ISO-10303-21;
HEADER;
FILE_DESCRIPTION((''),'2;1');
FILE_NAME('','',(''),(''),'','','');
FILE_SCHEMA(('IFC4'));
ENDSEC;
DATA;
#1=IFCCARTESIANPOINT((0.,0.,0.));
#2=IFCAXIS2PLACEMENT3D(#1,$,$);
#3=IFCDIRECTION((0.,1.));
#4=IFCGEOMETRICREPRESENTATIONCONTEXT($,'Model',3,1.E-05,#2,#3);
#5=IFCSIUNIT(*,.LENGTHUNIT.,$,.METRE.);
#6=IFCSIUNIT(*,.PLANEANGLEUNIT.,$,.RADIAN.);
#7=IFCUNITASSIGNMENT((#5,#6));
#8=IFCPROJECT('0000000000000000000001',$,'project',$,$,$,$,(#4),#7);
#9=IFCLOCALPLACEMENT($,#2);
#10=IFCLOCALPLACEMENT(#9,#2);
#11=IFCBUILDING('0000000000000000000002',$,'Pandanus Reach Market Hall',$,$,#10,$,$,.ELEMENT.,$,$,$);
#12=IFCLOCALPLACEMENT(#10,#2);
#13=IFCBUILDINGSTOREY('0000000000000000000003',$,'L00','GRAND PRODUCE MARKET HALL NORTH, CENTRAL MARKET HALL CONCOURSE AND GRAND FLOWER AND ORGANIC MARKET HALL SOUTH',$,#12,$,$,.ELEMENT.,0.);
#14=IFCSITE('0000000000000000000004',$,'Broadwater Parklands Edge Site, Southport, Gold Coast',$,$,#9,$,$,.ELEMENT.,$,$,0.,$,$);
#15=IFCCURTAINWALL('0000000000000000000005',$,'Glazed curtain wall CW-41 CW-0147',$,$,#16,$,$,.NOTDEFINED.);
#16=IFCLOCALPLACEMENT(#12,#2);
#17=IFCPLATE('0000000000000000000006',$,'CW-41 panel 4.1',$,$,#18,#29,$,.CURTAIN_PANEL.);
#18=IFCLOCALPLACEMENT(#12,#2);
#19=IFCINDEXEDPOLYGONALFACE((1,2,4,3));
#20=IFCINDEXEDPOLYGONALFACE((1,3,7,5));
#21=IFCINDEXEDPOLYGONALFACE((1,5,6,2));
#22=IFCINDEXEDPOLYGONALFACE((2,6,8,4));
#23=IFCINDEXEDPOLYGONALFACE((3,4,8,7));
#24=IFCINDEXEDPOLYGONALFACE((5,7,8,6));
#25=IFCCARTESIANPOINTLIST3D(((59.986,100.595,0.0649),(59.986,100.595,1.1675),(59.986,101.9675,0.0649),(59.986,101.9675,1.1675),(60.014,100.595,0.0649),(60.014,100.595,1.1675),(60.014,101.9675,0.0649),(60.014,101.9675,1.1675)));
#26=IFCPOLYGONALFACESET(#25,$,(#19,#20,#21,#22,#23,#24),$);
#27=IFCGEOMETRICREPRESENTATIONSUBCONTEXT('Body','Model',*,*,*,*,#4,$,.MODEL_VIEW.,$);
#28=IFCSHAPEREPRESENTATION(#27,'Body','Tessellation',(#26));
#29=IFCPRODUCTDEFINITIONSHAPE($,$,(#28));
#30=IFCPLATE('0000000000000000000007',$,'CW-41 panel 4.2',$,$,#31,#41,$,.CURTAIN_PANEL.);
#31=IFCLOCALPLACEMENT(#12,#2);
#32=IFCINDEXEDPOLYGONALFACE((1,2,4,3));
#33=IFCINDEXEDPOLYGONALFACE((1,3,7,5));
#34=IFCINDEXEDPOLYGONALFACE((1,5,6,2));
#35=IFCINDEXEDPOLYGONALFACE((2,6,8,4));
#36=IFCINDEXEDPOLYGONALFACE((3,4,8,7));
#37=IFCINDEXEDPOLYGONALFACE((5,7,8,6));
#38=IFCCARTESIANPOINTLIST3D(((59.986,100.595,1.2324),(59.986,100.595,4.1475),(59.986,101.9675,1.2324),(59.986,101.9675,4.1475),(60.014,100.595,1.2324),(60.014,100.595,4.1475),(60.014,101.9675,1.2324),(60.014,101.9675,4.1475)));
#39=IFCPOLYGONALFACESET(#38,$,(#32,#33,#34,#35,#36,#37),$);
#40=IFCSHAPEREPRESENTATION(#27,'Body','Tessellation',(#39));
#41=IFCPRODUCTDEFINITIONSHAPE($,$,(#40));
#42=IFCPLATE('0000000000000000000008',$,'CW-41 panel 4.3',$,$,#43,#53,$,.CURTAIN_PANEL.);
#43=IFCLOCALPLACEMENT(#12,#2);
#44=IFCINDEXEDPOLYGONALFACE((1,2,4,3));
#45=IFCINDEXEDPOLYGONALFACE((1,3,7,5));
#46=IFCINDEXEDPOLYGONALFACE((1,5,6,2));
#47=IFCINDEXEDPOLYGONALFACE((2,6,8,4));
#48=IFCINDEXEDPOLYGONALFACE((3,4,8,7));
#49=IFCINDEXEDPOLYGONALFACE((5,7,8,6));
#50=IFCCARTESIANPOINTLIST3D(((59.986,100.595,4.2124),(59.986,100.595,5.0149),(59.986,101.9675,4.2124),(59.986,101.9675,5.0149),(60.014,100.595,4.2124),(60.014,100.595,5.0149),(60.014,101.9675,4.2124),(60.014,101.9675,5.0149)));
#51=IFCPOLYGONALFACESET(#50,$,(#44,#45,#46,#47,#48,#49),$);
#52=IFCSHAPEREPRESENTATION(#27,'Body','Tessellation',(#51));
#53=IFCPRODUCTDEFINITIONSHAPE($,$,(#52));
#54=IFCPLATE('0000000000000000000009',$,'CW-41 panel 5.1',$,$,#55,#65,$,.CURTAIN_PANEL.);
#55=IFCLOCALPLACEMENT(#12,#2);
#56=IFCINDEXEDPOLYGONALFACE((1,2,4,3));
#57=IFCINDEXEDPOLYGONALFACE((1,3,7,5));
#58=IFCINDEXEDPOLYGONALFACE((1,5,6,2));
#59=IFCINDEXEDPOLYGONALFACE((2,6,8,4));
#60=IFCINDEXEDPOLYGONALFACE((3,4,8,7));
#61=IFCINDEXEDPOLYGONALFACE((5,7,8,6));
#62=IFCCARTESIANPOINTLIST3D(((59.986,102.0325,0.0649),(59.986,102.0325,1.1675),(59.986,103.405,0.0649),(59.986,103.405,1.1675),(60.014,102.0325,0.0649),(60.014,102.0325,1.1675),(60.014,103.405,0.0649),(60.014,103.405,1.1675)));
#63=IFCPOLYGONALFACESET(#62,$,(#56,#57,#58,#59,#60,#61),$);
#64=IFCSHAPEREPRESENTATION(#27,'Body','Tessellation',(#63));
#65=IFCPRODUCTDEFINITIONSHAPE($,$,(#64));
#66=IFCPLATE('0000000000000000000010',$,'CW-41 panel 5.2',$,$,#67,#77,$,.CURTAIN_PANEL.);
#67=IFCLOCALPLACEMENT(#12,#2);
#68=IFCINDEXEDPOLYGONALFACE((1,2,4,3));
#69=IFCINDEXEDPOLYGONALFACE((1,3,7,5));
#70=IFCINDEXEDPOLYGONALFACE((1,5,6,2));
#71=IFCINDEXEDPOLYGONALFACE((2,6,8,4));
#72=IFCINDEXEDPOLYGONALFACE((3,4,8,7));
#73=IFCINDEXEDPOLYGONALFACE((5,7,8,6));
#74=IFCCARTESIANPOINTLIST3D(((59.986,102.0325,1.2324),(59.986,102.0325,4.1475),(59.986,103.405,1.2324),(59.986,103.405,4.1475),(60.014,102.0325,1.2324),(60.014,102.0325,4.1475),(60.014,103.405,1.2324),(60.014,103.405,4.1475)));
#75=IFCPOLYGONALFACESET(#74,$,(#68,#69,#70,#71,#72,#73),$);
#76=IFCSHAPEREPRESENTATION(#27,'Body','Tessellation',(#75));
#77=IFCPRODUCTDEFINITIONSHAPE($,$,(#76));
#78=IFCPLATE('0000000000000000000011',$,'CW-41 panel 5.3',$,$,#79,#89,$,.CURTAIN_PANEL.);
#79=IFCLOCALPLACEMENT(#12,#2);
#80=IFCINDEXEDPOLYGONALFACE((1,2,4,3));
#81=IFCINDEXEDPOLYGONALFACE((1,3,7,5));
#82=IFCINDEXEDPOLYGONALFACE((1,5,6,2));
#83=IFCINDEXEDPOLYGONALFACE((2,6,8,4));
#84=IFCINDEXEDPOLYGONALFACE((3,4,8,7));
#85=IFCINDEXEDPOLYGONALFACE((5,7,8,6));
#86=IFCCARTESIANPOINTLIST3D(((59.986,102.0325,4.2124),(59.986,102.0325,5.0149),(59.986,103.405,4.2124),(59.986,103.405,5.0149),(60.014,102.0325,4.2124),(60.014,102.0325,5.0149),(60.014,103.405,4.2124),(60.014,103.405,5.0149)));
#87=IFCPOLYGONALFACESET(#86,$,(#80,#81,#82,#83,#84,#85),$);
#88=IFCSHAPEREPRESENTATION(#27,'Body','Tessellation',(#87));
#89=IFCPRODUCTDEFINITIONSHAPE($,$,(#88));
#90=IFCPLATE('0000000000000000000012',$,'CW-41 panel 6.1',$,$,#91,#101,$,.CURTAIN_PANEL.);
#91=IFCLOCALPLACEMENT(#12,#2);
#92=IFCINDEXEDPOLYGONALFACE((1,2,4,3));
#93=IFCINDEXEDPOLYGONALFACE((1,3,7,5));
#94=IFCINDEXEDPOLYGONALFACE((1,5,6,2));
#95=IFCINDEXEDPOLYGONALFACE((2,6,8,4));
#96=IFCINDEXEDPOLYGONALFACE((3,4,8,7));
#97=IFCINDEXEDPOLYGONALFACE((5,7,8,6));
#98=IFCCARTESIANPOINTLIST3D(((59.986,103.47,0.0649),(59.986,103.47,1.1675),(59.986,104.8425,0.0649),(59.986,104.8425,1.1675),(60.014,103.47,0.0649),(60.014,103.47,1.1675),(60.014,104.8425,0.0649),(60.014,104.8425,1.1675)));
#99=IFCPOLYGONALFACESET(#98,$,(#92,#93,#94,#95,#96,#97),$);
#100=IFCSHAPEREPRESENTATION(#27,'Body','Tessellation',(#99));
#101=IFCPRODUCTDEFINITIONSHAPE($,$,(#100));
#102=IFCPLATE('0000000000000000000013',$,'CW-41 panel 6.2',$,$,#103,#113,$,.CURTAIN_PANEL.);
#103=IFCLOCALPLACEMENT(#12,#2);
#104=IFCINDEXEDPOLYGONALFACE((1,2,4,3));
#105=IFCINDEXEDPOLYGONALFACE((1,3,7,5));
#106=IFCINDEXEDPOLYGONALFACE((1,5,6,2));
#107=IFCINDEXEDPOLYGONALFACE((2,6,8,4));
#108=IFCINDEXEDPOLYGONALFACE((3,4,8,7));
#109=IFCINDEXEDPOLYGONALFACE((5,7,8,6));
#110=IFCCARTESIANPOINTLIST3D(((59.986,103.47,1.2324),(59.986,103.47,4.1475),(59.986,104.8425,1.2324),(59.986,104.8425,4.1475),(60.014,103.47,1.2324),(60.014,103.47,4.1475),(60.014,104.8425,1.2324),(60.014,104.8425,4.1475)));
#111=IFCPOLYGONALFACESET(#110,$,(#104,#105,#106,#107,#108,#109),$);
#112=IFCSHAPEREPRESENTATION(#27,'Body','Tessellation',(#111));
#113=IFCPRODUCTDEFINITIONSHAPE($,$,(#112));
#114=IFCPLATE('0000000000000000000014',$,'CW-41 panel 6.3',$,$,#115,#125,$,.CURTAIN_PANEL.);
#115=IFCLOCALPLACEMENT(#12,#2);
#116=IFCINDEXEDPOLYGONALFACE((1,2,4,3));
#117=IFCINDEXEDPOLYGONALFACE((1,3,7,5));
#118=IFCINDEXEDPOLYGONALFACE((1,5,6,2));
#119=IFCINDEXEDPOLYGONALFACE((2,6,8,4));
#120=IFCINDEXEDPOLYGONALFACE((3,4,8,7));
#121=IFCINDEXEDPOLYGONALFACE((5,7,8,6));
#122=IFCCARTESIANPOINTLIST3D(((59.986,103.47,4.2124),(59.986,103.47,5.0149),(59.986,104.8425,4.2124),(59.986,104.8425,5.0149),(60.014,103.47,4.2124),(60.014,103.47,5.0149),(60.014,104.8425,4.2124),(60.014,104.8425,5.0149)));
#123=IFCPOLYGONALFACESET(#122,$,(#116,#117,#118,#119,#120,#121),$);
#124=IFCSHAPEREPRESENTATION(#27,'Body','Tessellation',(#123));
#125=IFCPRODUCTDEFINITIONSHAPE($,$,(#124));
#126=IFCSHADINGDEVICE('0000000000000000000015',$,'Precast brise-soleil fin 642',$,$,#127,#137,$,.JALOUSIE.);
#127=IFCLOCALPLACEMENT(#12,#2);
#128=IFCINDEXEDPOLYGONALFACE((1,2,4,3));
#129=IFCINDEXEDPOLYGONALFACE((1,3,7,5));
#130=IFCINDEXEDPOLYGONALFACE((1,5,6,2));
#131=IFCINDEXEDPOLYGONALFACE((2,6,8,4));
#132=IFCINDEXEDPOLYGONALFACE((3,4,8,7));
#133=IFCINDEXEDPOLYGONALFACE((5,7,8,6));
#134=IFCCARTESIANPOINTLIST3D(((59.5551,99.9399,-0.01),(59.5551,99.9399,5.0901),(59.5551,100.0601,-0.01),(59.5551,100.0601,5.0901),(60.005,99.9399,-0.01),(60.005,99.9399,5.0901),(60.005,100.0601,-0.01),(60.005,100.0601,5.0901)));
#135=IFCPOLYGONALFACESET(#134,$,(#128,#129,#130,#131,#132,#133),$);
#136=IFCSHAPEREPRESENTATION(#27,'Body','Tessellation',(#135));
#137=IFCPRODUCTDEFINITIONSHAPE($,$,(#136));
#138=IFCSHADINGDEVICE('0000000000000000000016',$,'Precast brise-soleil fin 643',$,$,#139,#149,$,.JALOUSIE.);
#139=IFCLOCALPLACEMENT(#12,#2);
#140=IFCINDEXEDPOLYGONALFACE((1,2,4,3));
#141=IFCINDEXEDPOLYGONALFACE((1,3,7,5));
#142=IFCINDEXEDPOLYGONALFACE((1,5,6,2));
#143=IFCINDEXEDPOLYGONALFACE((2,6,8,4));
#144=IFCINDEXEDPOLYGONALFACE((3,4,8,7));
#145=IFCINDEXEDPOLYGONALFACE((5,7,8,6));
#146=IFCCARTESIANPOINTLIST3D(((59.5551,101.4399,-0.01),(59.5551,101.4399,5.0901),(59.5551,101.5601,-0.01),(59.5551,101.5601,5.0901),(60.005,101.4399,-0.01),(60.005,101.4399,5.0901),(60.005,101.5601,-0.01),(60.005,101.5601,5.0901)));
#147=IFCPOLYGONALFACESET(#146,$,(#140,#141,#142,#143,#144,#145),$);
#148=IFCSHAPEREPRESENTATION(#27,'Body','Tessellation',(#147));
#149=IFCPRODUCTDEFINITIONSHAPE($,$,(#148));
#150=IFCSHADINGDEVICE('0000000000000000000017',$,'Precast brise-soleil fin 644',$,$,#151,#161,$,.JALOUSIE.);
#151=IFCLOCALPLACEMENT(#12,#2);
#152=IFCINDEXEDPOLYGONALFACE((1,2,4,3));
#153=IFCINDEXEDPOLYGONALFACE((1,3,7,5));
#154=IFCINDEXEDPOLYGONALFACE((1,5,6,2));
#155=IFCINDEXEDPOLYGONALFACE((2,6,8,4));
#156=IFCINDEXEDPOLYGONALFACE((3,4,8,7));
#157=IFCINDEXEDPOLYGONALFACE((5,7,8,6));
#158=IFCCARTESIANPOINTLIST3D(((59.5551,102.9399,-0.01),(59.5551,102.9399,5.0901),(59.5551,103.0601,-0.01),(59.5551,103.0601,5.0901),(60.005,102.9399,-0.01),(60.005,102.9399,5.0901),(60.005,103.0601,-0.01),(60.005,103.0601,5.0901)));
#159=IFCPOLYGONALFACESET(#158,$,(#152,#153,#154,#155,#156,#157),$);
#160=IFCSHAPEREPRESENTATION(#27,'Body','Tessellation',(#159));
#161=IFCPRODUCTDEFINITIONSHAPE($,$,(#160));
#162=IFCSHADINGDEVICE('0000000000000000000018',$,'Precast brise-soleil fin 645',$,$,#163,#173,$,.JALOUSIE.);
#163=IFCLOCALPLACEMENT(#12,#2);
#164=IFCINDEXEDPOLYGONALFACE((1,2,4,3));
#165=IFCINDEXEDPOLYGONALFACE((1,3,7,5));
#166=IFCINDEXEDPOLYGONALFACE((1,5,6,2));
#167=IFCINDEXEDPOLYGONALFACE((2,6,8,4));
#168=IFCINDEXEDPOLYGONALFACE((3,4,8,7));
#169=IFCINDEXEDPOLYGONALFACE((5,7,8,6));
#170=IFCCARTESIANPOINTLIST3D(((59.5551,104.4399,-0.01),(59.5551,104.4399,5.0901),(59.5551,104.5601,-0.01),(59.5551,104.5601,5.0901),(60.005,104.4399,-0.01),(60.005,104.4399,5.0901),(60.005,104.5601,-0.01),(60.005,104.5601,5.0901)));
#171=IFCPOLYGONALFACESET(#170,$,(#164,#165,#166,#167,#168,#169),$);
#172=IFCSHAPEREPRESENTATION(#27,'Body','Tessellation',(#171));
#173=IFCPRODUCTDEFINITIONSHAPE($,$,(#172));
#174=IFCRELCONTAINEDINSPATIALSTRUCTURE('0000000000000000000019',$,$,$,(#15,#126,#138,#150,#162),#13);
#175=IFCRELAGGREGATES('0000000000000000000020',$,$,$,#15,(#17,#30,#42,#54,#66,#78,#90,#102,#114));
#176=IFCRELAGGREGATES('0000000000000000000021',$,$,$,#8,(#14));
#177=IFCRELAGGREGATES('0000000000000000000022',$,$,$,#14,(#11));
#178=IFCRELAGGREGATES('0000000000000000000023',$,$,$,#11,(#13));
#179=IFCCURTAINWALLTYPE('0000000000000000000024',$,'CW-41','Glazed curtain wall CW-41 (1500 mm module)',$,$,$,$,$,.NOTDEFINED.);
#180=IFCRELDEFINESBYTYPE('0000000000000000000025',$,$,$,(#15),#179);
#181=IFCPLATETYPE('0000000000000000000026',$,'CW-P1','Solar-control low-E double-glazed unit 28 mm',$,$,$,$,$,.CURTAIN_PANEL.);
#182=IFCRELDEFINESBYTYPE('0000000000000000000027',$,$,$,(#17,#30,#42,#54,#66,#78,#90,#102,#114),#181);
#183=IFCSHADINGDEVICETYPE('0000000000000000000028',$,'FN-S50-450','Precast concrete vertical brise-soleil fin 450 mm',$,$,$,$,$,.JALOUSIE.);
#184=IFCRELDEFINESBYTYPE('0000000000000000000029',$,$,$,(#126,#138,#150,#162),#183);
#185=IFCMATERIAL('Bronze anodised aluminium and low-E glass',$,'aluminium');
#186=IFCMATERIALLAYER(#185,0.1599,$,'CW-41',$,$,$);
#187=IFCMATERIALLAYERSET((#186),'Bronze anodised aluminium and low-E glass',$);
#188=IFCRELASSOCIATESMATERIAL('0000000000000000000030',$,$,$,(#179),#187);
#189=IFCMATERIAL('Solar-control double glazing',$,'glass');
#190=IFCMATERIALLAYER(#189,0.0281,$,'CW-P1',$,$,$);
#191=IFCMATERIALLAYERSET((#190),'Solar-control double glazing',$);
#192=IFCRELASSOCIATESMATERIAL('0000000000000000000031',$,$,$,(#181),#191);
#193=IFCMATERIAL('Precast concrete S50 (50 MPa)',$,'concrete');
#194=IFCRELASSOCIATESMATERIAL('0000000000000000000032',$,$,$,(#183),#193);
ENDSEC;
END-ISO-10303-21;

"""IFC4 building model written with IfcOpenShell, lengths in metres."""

from ifc_helpers import new_model, si_unit, direction, frame, origin, origin_2d, place, context, subcontext, project, spatial, rectangle, extrude, material, layer, layer_set, type_object, element, aggregate, save


model = new_model("IFC4")

# Units and contexts
model_context = context("Model", 3, precision=1e-05, world=origin(), true_north=direction((0.0, 1.0)))
body_context = subcontext(model_context, "Body", "Model", "MODEL_VIEW")
ifc_project = project(units=[si_unit("LENGTHUNIT", "METRE"), si_unit("PLANEANGLEUNIT", "RADIAN")], contexts=[model_context])

# Site, building, storey
site_placement = place(None, origin())
site = spatial("IfcSite", under=ifc_project, at=site_placement, Name="Broadwater Parklands Edge Site, Southport, Gold Coast", CompositionType="ELEMENT", RefElevation=0.0)
building_placement = place(site_placement, origin())
building = spatial("IfcBuilding", under=site, at=building_placement, Name="Pandanus Reach Market Hall", CompositionType="ELEMENT")
storey_placement = place(building_placement, origin())
storey = spatial("IfcBuildingStorey", under=building, at=storey_placement, Name="L00", Description="GRAND PRODUCE MARKET HALL NORTH, CENTRAL MARKET HALL CONCOURSE AND GRAND FLOWER AND ORGANIC MARKET HALL SOUTH", CompositionType="ELEMENT", Elevation=0.0)

# Curtain wall, plates
ifc_material_1 = material(Name="Bronze anodised aluminium and low-E glass", Category="aluminium")
ifc_layer_1 = layer(ifc_material_1, 0.1599, Name="CW-41")
ifc_layer_set_1 = layer_set([ifc_layer_1], Name="Bronze anodised aluminium and low-E glass")
curtain_wall_type = type_object("IfcCurtainWallType", Name="CW-41", Description="Glazed curtain wall CW-41 (1500 mm module)", PredefinedType="NOTDEFINED", material=ifc_layer_set_1)
curtain_wall_placement = place(storey_placement, origin())
curtain_wall = element("IfcCurtainWall", 1, at=curtain_wall_placement, inside=storey, type_object=curtain_wall_type, Name="Glazed curtain wall CW-41 CW-0147", PredefinedType="NOTDEFINED")
ifc_material_2 = material(Name="Solar-control double glazing", Category="glass")
ifc_layer_2 = layer(ifc_material_2, 0.0281, Name="CW-P1")
ifc_layer_set_2 = layer_set([ifc_layer_2], Name="Solar-control double glazing")
plate_type = type_object("IfcPlateType", Name="CW-P1", Description="Solar-control low-E double-glazed unit 28 mm", PredefinedType="CURTAIN_PANEL", material=ifc_layer_set_2)
plate_1_placement = place(storey_placement, frame((60.0, 101.2812, 0.0649), z_axis=(0.0, 0.0, 1.0), x_axis=(0.0, 1.0, 0.0)))
plate_1 = element("IfcPlate", 2, at=plate_1_placement, type_object=plate_type, Name="CW-41 panel 4.1", PredefinedType="CURTAIN_PANEL", context=body_context, shape_type="SweptSolid", body=[
    extrude(rectangle(XDim=1.3726, YDim=0.0281, at=origin_2d()), origin(), (0.0, 0.0, 1.0), 1.1025),
])
plate_2_placement = place(storey_placement, frame((60.0, 101.2812, 1.2324), z_axis=(0.0, 0.0, 1.0), x_axis=(0.0, 1.0, 0.0)))
plate_2 = element("IfcPlate", 3, at=plate_2_placement, type_object=plate_type, Name="CW-41 panel 4.2", PredefinedType="CURTAIN_PANEL", context=body_context, shape_type="SweptSolid", body=[
    extrude(rectangle(XDim=1.3726, YDim=0.0281, at=origin_2d()), origin(), (0.0, 0.0, 1.0), 2.915),
])
plate_3_placement = place(storey_placement, frame((60.0, 101.2812, 4.2124), z_axis=(0.0, 0.0, 1.0), x_axis=(0.0, 1.0, 0.0)))
plate_3 = element("IfcPlate", 4, at=plate_3_placement, type_object=plate_type, Name="CW-41 panel 4.3", PredefinedType="CURTAIN_PANEL", context=body_context, shape_type="SweptSolid", body=[
    extrude(rectangle(XDim=1.3726, YDim=0.0281, at=origin_2d()), origin(), (0.0, 0.0, 1.0), 0.8025),
])
plate_4_placement = place(storey_placement, frame((60.0, 102.7188, 0.0649), z_axis=(0.0, 0.0, 1.0), x_axis=(0.0, 1.0, 0.0)))
plate_4 = element("IfcPlate", 5, at=plate_4_placement, type_object=plate_type, Name="CW-41 panel 5.1", PredefinedType="CURTAIN_PANEL", context=body_context, shape_type="SweptSolid", body=[
    extrude(rectangle(XDim=1.3726, YDim=0.0281, at=origin_2d()), origin(), (0.0, 0.0, 1.0), 1.1025),
])
plate_5_placement = place(storey_placement, frame((60.0, 102.7188, 1.2324), z_axis=(0.0, 0.0, 1.0), x_axis=(0.0, 1.0, 0.0)))
plate_5 = element("IfcPlate", 6, at=plate_5_placement, type_object=plate_type, Name="CW-41 panel 5.2", PredefinedType="CURTAIN_PANEL", context=body_context, shape_type="SweptSolid", body=[
    extrude(rectangle(XDim=1.3726, YDim=0.0281, at=origin_2d()), origin(), (0.0, 0.0, 1.0), 2.915),
])
plate_6_placement = place(storey_placement, frame((60.0, 102.7188, 4.2124), z_axis=(0.0, 0.0, 1.0), x_axis=(0.0, 1.0, 0.0)))
plate_6 = element("IfcPlate", 7, at=plate_6_placement, type_object=plate_type, Name="CW-41 panel 5.3", PredefinedType="CURTAIN_PANEL", context=body_context, shape_type="SweptSolid", body=[
    extrude(rectangle(XDim=1.3726, YDim=0.0281, at=origin_2d()), origin(), (0.0, 0.0, 1.0), 0.8025),
])
plate_7_placement = place(storey_placement, frame((60.0, 104.1562, 0.0649), z_axis=(0.0, 0.0, 1.0), x_axis=(0.0, 1.0, 0.0)))
plate_7 = element("IfcPlate", 8, at=plate_7_placement, type_object=plate_type, Name="CW-41 panel 6.1", PredefinedType="CURTAIN_PANEL", context=body_context, shape_type="SweptSolid", body=[
    extrude(rectangle(XDim=1.3726, YDim=0.0281, at=origin_2d()), origin(), (0.0, 0.0, 1.0), 1.1025),
])
plate_8_placement = place(storey_placement, frame((60.0, 104.1562, 1.2324), z_axis=(0.0, 0.0, 1.0), x_axis=(0.0, 1.0, 0.0)))
plate_8 = element("IfcPlate", 9, at=plate_8_placement, type_object=plate_type, Name="CW-41 panel 6.2", PredefinedType="CURTAIN_PANEL", context=body_context, shape_type="SweptSolid", body=[
    extrude(rectangle(XDim=1.3726, YDim=0.0281, at=origin_2d()), origin(), (0.0, 0.0, 1.0), 2.915),
])
plate_9_placement = place(storey_placement, frame((60.0, 104.1562, 4.2124), z_axis=(0.0, 0.0, 1.0), x_axis=(0.0, 1.0, 0.0)))
plate_9 = element("IfcPlate", 10, at=plate_9_placement, type_object=plate_type, Name="CW-41 panel 6.3", PredefinedType="CURTAIN_PANEL", context=body_context, shape_type="SweptSolid", body=[
    extrude(rectangle(XDim=1.3726, YDim=0.0281, at=origin_2d()), origin(), (0.0, 0.0, 1.0), 0.8025),
])
aggregate(curtain_wall, [plate_1, plate_2, plate_3, plate_4, plate_5, plate_6, plate_7, plate_8, plate_9])

# Shading devices
ifc_material_3 = material(Name="Precast concrete S50 (50 MPa)", Category="concrete")
shading_device_type = type_object("IfcShadingDeviceType", Name="FN-S50-450", Description="Precast concrete vertical brise-soleil fin 450 mm", PredefinedType="JALOUSIE", material=ifc_material_3)
for number, where, z_axis, x_axis, name in (
    (11, (59.78, 100.0, -0.01), (0.0, 0.0, 1.0), (-1.0, 0.0, 0.0), "Precast brise-soleil fin 642"),
    (12, (59.78, 101.5, -0.01), (0.0, 0.0, 1.0), (-1.0, 0.0, 0.0), "Precast brise-soleil fin 643"),
    (13, (59.78, 103.0, -0.01), (0.0, 0.0, 1.0), (-1.0, 0.0, 0.0), "Precast brise-soleil fin 644"),
    (14, (59.78, 104.5, -0.01), (0.0, 0.0, 1.0), (-1.0, 0.0, 0.0), "Precast brise-soleil fin 645"),
):
    element("IfcShadingDevice", number, at=place(storey_placement, frame(where, z_axis=z_axis, x_axis=x_axis)), inside=storey, type_object=shading_device_type, Name=name, PredefinedType="JALOUSIE", context=body_context, shape_type="SweptSolid", body=[
        extrude(rectangle(XDim=0.45, YDim=0.1201, at=origin_2d()), origin(), (0.0, 0.0, 1.0), 5.1001),
    ])

save(model, "model.ifc")
